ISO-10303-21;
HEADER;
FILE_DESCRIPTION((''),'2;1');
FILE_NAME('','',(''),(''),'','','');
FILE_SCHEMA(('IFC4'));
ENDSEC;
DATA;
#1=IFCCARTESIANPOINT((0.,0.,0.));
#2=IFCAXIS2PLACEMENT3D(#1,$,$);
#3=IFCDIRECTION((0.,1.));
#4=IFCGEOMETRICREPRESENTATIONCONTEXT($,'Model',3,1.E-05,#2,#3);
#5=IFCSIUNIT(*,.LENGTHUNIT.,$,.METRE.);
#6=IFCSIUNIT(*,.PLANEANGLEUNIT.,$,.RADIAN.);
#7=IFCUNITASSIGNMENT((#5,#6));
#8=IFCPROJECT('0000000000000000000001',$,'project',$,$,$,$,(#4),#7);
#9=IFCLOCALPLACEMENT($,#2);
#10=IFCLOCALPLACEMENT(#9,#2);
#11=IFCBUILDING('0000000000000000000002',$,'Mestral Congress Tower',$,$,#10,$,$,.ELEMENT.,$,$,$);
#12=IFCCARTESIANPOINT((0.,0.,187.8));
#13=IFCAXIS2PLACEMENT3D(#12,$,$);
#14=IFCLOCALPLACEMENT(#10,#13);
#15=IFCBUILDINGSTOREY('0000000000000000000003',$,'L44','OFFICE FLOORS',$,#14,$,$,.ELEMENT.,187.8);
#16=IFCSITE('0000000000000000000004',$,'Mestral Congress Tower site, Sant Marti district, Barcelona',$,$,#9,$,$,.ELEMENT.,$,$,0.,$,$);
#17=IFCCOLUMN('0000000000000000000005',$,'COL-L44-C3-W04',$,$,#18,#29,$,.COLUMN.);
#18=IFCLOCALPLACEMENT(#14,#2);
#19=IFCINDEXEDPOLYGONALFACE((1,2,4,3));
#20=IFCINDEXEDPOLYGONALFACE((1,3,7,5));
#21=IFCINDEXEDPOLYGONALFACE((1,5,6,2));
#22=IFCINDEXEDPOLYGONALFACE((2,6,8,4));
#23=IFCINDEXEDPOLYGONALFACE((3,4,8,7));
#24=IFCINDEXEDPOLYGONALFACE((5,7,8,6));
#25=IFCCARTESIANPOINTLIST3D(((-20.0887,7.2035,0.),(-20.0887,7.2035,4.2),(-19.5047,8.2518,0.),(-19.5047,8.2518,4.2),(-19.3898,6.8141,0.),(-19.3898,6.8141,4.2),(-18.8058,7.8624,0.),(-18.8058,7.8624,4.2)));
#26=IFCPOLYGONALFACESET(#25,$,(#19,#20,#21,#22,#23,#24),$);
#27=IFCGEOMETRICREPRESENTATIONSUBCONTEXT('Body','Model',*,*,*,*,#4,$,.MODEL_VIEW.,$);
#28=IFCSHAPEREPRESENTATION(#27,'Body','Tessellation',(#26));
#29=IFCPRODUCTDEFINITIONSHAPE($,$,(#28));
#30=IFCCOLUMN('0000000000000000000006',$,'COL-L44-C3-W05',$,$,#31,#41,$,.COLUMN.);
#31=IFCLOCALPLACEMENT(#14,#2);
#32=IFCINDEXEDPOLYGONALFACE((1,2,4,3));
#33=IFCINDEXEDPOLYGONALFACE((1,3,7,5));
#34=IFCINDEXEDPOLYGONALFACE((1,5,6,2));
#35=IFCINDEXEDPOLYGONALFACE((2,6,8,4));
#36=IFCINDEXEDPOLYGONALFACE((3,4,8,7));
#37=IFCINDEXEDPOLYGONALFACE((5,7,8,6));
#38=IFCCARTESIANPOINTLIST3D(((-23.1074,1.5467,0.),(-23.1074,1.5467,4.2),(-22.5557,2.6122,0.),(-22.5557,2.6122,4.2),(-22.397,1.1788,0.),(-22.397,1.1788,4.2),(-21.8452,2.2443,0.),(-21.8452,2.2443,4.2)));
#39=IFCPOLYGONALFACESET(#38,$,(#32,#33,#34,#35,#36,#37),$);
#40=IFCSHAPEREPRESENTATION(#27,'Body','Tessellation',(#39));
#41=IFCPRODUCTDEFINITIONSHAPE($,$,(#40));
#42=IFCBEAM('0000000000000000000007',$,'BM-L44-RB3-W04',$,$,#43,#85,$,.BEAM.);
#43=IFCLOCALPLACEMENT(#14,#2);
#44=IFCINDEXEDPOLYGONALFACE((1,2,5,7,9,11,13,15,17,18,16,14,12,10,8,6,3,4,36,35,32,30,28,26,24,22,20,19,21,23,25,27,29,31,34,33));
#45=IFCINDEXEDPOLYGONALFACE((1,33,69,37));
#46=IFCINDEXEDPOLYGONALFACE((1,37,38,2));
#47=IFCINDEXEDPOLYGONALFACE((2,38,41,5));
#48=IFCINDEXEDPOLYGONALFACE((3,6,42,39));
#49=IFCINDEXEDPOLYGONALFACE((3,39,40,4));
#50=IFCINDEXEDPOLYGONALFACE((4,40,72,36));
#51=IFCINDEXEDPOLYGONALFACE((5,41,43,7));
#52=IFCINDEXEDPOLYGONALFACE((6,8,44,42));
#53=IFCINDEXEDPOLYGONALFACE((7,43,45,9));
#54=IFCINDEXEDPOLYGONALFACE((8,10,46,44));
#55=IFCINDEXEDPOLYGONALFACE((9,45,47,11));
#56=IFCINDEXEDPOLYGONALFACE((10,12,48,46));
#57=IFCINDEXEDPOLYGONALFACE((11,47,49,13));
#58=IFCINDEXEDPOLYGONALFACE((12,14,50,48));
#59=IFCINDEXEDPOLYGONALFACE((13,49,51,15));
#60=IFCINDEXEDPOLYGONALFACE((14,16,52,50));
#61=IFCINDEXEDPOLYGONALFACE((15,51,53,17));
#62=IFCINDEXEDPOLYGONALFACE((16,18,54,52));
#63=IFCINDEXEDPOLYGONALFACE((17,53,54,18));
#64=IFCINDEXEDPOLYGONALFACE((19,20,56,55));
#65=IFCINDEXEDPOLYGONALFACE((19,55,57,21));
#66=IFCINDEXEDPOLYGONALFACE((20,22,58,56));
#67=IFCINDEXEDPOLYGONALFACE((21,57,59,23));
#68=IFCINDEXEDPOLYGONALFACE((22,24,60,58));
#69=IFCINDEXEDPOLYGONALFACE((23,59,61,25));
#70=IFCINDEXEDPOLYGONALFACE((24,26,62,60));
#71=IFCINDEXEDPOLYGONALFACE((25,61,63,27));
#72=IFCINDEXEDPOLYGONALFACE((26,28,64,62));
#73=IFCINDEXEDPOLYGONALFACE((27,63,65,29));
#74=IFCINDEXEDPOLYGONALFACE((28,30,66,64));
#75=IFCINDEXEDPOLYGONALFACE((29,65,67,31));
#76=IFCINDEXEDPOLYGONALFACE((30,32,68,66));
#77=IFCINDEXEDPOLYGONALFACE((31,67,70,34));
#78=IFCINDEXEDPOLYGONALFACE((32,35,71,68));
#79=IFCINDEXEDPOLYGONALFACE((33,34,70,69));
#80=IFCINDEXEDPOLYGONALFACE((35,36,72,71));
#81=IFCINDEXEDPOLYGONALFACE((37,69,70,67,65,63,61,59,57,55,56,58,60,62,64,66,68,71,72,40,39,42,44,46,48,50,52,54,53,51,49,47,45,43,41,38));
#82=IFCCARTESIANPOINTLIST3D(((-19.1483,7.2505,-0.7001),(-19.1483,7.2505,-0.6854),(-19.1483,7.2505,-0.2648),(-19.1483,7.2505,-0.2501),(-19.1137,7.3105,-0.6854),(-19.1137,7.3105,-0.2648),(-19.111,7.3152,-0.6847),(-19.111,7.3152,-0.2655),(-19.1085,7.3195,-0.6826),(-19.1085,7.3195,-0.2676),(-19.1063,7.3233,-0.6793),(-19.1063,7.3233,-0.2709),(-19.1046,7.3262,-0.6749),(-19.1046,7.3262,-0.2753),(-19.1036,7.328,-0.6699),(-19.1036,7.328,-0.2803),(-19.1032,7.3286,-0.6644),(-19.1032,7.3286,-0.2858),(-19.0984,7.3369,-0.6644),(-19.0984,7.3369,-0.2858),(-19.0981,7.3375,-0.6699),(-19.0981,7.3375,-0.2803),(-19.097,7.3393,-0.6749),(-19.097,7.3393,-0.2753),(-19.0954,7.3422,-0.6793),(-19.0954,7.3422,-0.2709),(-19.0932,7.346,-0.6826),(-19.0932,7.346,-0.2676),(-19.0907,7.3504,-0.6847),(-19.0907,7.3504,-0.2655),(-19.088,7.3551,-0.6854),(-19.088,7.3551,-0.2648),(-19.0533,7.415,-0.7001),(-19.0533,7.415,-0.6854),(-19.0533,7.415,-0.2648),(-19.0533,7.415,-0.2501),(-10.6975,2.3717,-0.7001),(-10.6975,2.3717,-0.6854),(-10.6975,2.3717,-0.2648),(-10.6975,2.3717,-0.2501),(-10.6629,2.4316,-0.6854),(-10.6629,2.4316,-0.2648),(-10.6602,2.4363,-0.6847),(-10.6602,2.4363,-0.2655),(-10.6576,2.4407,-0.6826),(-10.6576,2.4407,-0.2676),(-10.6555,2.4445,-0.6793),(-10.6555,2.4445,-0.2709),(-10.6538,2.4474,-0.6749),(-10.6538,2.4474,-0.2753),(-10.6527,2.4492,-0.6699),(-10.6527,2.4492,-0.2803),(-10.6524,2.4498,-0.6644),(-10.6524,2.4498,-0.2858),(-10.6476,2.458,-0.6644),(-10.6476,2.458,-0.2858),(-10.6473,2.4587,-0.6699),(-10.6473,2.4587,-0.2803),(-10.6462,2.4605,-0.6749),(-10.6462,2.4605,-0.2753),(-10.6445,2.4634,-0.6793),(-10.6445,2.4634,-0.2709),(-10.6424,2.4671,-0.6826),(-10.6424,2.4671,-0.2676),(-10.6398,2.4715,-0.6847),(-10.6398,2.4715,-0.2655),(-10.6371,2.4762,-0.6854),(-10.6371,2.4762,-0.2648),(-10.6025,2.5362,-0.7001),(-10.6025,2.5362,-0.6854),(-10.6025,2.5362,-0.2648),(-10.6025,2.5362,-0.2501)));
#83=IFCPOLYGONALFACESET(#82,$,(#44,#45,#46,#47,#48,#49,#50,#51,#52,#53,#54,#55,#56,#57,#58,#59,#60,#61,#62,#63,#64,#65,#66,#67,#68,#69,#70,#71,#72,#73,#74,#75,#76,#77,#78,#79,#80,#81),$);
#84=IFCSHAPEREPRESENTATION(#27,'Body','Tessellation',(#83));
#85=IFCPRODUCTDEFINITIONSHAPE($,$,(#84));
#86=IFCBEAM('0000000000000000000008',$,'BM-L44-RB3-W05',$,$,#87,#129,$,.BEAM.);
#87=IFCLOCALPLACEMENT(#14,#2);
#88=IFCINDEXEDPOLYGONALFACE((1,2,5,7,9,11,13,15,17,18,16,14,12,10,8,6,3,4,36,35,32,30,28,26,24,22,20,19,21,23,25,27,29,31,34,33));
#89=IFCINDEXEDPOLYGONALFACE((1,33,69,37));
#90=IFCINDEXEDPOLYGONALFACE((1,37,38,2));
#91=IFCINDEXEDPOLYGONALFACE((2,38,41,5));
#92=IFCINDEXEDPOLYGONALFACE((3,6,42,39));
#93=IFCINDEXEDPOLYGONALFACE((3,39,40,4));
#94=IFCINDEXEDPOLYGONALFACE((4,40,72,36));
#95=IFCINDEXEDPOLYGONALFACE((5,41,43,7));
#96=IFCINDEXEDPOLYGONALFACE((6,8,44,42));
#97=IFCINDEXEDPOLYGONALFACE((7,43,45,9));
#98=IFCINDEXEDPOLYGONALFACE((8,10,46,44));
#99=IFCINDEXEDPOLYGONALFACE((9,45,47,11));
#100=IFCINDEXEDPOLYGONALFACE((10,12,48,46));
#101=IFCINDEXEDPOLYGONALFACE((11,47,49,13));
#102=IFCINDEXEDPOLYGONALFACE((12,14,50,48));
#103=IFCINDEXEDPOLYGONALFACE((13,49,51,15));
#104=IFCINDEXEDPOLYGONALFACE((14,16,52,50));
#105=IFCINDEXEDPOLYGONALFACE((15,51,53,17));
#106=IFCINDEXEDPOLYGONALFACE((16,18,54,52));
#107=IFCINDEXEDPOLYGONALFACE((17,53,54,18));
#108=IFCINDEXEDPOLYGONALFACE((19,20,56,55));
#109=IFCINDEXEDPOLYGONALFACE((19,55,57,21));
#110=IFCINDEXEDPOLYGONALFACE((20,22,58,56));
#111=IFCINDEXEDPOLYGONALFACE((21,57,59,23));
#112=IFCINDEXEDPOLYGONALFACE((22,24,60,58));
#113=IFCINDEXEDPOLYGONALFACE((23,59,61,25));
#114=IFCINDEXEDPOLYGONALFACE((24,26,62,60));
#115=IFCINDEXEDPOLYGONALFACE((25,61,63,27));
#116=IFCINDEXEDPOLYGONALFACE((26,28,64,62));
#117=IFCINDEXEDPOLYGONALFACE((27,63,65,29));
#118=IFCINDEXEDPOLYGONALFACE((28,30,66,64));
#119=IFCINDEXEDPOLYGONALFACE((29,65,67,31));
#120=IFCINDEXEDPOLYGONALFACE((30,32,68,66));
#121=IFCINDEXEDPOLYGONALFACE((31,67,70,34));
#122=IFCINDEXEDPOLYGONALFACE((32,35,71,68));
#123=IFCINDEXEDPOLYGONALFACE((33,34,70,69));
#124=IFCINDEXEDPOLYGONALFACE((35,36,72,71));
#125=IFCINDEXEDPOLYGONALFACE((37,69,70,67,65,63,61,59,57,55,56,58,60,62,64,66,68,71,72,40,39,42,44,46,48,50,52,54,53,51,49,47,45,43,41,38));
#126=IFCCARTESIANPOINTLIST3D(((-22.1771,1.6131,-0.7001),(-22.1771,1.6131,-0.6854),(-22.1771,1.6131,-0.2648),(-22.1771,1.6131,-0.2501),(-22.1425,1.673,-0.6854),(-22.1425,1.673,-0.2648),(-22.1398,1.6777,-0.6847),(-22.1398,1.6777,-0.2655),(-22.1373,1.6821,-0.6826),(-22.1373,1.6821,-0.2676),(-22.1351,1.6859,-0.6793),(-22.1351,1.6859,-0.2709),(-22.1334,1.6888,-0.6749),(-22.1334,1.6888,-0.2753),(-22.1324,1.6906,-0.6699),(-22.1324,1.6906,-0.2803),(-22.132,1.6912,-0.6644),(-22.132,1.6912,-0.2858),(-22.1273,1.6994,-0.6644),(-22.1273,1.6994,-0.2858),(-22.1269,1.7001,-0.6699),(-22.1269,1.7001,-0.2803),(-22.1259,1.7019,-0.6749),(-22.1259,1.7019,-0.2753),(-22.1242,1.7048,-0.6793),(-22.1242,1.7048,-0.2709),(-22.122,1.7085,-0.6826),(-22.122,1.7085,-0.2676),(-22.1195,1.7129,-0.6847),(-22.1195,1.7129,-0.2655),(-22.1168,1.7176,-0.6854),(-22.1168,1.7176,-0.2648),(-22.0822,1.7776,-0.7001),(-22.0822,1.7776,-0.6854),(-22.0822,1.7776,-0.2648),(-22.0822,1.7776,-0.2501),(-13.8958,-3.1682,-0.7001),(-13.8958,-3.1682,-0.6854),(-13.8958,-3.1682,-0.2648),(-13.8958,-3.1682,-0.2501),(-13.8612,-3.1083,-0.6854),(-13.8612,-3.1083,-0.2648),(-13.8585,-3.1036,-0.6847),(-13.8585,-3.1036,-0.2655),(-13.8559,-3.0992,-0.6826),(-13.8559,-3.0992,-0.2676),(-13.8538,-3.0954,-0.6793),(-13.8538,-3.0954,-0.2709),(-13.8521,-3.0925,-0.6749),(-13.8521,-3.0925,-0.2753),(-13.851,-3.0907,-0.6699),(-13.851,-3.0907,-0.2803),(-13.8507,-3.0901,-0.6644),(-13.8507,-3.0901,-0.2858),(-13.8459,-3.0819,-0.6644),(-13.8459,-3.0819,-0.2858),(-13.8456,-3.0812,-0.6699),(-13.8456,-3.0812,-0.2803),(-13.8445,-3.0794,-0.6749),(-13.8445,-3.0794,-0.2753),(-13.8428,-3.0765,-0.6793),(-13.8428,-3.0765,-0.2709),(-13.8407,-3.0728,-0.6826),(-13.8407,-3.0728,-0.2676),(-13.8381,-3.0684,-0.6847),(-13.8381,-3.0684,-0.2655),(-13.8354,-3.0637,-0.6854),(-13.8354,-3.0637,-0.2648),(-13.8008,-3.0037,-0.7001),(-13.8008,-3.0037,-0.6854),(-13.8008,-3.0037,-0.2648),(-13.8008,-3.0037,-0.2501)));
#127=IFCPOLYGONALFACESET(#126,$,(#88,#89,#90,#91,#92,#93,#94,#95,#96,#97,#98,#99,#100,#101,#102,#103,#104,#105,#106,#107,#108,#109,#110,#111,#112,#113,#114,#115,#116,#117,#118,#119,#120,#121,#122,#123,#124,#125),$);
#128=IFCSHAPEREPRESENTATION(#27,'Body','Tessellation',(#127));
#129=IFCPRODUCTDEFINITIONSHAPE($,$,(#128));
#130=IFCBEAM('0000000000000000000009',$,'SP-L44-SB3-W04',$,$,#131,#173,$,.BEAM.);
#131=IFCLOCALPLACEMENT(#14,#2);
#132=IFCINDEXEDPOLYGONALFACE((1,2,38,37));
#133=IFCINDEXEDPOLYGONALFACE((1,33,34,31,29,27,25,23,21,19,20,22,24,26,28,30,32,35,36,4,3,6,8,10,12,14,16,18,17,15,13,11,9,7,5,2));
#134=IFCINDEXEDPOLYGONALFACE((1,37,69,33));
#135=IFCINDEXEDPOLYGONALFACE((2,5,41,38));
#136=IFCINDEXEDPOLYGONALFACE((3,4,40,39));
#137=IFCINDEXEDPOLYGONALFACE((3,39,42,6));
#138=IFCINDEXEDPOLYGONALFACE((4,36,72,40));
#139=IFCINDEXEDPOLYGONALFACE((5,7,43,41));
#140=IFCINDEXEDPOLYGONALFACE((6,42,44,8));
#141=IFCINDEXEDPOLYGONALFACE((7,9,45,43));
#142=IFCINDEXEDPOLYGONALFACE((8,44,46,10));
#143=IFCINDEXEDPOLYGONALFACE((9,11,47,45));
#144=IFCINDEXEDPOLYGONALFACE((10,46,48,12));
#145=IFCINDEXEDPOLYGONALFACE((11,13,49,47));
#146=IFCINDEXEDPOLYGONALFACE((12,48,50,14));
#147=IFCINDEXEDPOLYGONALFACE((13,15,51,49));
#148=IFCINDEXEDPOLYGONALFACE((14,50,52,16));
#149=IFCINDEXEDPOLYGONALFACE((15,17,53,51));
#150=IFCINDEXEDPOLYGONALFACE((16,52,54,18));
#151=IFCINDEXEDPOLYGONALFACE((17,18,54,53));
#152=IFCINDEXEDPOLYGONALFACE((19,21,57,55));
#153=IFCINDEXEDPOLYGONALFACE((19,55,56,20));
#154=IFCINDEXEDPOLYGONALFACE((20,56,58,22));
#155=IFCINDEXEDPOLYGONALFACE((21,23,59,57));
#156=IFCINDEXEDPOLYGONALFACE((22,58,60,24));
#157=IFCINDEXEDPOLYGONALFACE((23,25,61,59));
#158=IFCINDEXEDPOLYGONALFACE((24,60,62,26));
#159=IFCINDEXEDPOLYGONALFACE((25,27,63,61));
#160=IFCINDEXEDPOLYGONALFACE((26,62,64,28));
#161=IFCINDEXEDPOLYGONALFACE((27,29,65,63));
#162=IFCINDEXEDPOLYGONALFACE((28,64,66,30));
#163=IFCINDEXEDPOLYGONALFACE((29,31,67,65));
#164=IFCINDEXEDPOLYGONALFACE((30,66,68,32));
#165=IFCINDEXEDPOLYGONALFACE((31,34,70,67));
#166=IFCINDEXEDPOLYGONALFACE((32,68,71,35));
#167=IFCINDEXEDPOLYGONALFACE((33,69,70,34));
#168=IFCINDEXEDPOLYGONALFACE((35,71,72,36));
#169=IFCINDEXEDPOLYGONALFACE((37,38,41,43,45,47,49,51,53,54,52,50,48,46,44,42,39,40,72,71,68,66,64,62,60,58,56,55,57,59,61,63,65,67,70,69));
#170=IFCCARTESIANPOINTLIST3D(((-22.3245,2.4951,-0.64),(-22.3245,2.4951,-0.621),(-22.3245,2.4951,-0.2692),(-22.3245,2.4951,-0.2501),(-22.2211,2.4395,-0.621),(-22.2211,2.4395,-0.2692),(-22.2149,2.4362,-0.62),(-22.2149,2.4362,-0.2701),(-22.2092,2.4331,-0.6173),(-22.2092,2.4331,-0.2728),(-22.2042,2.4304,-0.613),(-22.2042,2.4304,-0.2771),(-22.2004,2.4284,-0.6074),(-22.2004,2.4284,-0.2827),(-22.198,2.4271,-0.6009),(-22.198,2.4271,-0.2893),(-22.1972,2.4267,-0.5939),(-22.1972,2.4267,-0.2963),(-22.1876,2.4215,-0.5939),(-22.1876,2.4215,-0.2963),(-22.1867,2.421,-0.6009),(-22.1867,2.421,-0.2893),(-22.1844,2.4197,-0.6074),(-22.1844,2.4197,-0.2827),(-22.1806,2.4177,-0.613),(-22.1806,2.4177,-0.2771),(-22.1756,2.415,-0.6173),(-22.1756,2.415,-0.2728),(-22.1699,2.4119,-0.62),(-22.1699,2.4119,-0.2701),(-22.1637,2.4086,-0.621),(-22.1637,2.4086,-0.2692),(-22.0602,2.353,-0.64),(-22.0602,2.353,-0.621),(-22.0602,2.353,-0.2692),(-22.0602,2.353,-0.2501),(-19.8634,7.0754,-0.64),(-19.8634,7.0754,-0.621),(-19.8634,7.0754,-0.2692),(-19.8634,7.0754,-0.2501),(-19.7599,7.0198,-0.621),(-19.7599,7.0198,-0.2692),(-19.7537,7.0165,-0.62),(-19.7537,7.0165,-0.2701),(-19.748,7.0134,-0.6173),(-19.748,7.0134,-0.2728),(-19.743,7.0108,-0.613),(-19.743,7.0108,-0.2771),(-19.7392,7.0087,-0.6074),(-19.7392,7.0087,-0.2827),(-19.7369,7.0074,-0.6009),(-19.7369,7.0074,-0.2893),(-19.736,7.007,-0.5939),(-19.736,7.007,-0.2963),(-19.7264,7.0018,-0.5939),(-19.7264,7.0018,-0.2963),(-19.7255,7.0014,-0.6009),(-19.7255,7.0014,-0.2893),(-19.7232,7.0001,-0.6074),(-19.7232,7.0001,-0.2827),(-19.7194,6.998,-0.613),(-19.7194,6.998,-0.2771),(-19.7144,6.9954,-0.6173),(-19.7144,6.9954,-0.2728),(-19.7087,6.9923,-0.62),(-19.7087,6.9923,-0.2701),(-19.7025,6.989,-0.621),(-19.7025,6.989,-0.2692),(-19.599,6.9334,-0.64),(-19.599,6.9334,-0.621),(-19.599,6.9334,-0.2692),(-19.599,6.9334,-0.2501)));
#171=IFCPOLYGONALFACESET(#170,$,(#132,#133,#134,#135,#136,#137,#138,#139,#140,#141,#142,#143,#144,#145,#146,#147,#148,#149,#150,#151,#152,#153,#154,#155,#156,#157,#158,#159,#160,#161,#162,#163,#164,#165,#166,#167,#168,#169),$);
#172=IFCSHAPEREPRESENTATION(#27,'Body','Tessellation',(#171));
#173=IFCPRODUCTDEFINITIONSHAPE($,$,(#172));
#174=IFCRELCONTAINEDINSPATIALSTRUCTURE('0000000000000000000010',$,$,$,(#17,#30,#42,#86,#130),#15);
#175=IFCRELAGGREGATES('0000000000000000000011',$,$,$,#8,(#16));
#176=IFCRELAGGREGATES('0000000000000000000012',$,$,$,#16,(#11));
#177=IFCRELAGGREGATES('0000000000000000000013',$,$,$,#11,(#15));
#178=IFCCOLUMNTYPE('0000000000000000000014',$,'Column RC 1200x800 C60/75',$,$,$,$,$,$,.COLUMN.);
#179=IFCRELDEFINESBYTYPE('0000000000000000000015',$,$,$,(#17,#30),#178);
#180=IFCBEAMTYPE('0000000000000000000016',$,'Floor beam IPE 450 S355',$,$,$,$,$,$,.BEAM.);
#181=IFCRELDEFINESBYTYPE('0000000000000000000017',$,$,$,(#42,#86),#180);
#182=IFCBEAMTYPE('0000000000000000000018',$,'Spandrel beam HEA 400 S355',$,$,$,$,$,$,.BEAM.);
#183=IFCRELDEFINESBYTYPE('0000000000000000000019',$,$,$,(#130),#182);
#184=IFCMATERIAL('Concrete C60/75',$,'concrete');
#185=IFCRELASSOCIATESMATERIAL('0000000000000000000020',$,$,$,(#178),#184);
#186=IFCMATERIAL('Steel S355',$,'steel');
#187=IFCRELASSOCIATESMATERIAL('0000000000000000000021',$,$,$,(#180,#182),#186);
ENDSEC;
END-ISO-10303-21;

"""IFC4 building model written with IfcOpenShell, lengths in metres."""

from ifc_helpers import new_model, si_unit, direction, frame, origin, origin_2d, place, context, subcontext, project, spatial, rectangle, i_section, extrude, material, material_profile, profile_set, type_object, element, save


model = new_model("IFC4")

# Units and contexts
model_context = context("Model", 3, precision=1e-05, world=origin(), true_north=direction((0.0, 1.0)))
body_context = subcontext(model_context, "Body", "Model", "MODEL_VIEW")
ifc_project = project(units=[si_unit("LENGTHUNIT", "METRE"), si_unit("PLANEANGLEUNIT", "RADIAN")], contexts=[model_context])

# Site, building, storey
site_placement = place(None, origin())
site = spatial("IfcSite", under=ifc_project, at=site_placement, Name="Mestral Congress Tower site, Sant Marti district, Barcelona", CompositionType="ELEMENT", RefElevation=0.0)
building_placement = place(site_placement, origin())
building = spatial("IfcBuilding", under=site, at=building_placement, Name="Mestral Congress Tower", CompositionType="ELEMENT")
storey_placement = place(building_placement, frame((0.0, 0.0, 187.8)))
storey = spatial("IfcBuildingStorey", under=building, at=storey_placement, Name="L44", Description="OFFICE FLOORS", CompositionType="ELEMENT", Elevation=187.8)

# Columns
ifc_material_1 = material(Name="Concrete C60/75", Category="concrete")
ifc_material_profile_1 = material_profile(ifc_material_1, rectangle(XDim=1.2, YDim=0.8, at=origin_2d()), Name="RC 1200x800")
ifc_profile_set_1 = profile_set([ifc_material_profile_1], Name="Concrete C60/75")
column_type = type_object("IfcColumnType", Name="Column RC 1200x800 C60/75", PredefinedType="COLUMN", material=ifc_profile_set_1)
for number, where, z_axis, x_axis, name in (
    (1, (-19.4473, 7.533, 0.0), (0.0, 0.0, 1.0), (-0.486724, -0.873556, 0.0), "COL-L44-C3-W04"),
    (2, (-22.4763, 1.8955, 0.0), (0.0, 0.0, 1.0), (-0.459837, -0.888003, 0.0), "COL-L44-C3-W05"),
):
    element("IfcColumn", number, at=place(storey_placement, frame(where, z_axis=z_axis, x_axis=x_axis)), inside=storey, type_object=column_type, Name=name, PredefinedType="COLUMN", context=body_context, shape_type="SweptSolid", body=[
        extrude(rectangle(XDim=1.2, YDim=0.8, at=origin_2d()), origin(), (0.0, 0.0, 1.0), 4.2),
    ])

# Beams
ifc_material_2 = material(Name="Steel S355", Category="steel")
ifc_material_profile_2 = material_profile(ifc_material_2, i_section(OverallWidth=0.1899, OverallDepth=0.45, WebThickness=0.0095, FlangeThickness=0.0146, FilletRadius=0.021, at=origin_2d()), Name="IPE 450")
ifc_profile_set_2 = profile_set([ifc_material_profile_2], Name="Steel S355")
beam_type_1 = type_object("IfcBeamType", Name="Floor beam IPE 450 S355", PredefinedType="BEAM", material=ifc_profile_set_2)
beam_1_placement = place(storey_placement, frame((-19.1008, 7.3328, -0.4751), z_axis=(0.866036, -0.499982, 0.0), x_axis=(0.499982, 0.866036, 0.0)))
element("IfcBeam", 3, at=beam_1_placement, inside=storey, type_object=beam_type_1, Name="BM-L44-RB3-W04", PredefinedType="BEAM", context=body_context, shape_type="SweptSolid", body=[
    extrude(i_section(OverallWidth=0.1899, OverallDepth=0.45, WebThickness=0.0095, FlangeThickness=0.0146, FilletRadius=0.021, at=origin_2d()), origin(), (0.0, 0.0, 1.0), 9.7581),
])
beam_2_placement = place(storey_placement, frame((-22.1296, 1.6953, -0.4751), z_axis=(0.866022, -0.500005, 0.0), x_axis=(0.500005, 0.866022, 0.0)))
element("IfcBeam", 4, at=beam_2_placement, inside=storey, type_object=beam_type_1, Name="BM-L44-RB3-W05", PredefinedType="BEAM", context=body_context, shape_type="SweptSolid", body=[
    extrude(i_section(OverallWidth=0.1899, OverallDepth=0.45, WebThickness=0.0095, FlangeThickness=0.0146, FilletRadius=0.021, at=origin_2d()), origin(), (0.0, 0.0, 1.0), 9.5625),
])
ifc_material_profile_3 = material_profile(ifc_material_2, i_section(OverallWidth=0.3, OverallDepth=0.3899, WebThickness=0.011, FlangeThickness=0.019, FilletRadius=0.0271, at=origin_2d()), Name="HEA 400")
ifc_profile_set_3 = profile_set([ifc_material_profile_3], Name="Steel S355")
beam_type_2 = type_object("IfcBeamType", Name="Spandrel beam HEA 400 S355", PredefinedType="BEAM", material=ifc_profile_set_3)
beam_3_placement = place(storey_placement, frame((-19.7312, 7.0044, -0.4451), z_axis=(-0.473332, -0.880884, 0.0), x_axis=(0.880884, -0.473332, 0.0)))
element("IfcBeam", 5, at=beam_3_placement, inside=storey, type_object=beam_type_2, Name="SP-L44-SB3-W04", PredefinedType="BEAM", context=body_context, shape_type="SweptSolid", body=[
    extrude(i_section(OverallWidth=0.3, OverallDepth=0.3899, WebThickness=0.011, FlangeThickness=0.019, FilletRadius=0.0271, at=origin_2d()), origin(), (0.0, 0.0, 1.0), 5.1997),
])

save(model, "model.ifc")
